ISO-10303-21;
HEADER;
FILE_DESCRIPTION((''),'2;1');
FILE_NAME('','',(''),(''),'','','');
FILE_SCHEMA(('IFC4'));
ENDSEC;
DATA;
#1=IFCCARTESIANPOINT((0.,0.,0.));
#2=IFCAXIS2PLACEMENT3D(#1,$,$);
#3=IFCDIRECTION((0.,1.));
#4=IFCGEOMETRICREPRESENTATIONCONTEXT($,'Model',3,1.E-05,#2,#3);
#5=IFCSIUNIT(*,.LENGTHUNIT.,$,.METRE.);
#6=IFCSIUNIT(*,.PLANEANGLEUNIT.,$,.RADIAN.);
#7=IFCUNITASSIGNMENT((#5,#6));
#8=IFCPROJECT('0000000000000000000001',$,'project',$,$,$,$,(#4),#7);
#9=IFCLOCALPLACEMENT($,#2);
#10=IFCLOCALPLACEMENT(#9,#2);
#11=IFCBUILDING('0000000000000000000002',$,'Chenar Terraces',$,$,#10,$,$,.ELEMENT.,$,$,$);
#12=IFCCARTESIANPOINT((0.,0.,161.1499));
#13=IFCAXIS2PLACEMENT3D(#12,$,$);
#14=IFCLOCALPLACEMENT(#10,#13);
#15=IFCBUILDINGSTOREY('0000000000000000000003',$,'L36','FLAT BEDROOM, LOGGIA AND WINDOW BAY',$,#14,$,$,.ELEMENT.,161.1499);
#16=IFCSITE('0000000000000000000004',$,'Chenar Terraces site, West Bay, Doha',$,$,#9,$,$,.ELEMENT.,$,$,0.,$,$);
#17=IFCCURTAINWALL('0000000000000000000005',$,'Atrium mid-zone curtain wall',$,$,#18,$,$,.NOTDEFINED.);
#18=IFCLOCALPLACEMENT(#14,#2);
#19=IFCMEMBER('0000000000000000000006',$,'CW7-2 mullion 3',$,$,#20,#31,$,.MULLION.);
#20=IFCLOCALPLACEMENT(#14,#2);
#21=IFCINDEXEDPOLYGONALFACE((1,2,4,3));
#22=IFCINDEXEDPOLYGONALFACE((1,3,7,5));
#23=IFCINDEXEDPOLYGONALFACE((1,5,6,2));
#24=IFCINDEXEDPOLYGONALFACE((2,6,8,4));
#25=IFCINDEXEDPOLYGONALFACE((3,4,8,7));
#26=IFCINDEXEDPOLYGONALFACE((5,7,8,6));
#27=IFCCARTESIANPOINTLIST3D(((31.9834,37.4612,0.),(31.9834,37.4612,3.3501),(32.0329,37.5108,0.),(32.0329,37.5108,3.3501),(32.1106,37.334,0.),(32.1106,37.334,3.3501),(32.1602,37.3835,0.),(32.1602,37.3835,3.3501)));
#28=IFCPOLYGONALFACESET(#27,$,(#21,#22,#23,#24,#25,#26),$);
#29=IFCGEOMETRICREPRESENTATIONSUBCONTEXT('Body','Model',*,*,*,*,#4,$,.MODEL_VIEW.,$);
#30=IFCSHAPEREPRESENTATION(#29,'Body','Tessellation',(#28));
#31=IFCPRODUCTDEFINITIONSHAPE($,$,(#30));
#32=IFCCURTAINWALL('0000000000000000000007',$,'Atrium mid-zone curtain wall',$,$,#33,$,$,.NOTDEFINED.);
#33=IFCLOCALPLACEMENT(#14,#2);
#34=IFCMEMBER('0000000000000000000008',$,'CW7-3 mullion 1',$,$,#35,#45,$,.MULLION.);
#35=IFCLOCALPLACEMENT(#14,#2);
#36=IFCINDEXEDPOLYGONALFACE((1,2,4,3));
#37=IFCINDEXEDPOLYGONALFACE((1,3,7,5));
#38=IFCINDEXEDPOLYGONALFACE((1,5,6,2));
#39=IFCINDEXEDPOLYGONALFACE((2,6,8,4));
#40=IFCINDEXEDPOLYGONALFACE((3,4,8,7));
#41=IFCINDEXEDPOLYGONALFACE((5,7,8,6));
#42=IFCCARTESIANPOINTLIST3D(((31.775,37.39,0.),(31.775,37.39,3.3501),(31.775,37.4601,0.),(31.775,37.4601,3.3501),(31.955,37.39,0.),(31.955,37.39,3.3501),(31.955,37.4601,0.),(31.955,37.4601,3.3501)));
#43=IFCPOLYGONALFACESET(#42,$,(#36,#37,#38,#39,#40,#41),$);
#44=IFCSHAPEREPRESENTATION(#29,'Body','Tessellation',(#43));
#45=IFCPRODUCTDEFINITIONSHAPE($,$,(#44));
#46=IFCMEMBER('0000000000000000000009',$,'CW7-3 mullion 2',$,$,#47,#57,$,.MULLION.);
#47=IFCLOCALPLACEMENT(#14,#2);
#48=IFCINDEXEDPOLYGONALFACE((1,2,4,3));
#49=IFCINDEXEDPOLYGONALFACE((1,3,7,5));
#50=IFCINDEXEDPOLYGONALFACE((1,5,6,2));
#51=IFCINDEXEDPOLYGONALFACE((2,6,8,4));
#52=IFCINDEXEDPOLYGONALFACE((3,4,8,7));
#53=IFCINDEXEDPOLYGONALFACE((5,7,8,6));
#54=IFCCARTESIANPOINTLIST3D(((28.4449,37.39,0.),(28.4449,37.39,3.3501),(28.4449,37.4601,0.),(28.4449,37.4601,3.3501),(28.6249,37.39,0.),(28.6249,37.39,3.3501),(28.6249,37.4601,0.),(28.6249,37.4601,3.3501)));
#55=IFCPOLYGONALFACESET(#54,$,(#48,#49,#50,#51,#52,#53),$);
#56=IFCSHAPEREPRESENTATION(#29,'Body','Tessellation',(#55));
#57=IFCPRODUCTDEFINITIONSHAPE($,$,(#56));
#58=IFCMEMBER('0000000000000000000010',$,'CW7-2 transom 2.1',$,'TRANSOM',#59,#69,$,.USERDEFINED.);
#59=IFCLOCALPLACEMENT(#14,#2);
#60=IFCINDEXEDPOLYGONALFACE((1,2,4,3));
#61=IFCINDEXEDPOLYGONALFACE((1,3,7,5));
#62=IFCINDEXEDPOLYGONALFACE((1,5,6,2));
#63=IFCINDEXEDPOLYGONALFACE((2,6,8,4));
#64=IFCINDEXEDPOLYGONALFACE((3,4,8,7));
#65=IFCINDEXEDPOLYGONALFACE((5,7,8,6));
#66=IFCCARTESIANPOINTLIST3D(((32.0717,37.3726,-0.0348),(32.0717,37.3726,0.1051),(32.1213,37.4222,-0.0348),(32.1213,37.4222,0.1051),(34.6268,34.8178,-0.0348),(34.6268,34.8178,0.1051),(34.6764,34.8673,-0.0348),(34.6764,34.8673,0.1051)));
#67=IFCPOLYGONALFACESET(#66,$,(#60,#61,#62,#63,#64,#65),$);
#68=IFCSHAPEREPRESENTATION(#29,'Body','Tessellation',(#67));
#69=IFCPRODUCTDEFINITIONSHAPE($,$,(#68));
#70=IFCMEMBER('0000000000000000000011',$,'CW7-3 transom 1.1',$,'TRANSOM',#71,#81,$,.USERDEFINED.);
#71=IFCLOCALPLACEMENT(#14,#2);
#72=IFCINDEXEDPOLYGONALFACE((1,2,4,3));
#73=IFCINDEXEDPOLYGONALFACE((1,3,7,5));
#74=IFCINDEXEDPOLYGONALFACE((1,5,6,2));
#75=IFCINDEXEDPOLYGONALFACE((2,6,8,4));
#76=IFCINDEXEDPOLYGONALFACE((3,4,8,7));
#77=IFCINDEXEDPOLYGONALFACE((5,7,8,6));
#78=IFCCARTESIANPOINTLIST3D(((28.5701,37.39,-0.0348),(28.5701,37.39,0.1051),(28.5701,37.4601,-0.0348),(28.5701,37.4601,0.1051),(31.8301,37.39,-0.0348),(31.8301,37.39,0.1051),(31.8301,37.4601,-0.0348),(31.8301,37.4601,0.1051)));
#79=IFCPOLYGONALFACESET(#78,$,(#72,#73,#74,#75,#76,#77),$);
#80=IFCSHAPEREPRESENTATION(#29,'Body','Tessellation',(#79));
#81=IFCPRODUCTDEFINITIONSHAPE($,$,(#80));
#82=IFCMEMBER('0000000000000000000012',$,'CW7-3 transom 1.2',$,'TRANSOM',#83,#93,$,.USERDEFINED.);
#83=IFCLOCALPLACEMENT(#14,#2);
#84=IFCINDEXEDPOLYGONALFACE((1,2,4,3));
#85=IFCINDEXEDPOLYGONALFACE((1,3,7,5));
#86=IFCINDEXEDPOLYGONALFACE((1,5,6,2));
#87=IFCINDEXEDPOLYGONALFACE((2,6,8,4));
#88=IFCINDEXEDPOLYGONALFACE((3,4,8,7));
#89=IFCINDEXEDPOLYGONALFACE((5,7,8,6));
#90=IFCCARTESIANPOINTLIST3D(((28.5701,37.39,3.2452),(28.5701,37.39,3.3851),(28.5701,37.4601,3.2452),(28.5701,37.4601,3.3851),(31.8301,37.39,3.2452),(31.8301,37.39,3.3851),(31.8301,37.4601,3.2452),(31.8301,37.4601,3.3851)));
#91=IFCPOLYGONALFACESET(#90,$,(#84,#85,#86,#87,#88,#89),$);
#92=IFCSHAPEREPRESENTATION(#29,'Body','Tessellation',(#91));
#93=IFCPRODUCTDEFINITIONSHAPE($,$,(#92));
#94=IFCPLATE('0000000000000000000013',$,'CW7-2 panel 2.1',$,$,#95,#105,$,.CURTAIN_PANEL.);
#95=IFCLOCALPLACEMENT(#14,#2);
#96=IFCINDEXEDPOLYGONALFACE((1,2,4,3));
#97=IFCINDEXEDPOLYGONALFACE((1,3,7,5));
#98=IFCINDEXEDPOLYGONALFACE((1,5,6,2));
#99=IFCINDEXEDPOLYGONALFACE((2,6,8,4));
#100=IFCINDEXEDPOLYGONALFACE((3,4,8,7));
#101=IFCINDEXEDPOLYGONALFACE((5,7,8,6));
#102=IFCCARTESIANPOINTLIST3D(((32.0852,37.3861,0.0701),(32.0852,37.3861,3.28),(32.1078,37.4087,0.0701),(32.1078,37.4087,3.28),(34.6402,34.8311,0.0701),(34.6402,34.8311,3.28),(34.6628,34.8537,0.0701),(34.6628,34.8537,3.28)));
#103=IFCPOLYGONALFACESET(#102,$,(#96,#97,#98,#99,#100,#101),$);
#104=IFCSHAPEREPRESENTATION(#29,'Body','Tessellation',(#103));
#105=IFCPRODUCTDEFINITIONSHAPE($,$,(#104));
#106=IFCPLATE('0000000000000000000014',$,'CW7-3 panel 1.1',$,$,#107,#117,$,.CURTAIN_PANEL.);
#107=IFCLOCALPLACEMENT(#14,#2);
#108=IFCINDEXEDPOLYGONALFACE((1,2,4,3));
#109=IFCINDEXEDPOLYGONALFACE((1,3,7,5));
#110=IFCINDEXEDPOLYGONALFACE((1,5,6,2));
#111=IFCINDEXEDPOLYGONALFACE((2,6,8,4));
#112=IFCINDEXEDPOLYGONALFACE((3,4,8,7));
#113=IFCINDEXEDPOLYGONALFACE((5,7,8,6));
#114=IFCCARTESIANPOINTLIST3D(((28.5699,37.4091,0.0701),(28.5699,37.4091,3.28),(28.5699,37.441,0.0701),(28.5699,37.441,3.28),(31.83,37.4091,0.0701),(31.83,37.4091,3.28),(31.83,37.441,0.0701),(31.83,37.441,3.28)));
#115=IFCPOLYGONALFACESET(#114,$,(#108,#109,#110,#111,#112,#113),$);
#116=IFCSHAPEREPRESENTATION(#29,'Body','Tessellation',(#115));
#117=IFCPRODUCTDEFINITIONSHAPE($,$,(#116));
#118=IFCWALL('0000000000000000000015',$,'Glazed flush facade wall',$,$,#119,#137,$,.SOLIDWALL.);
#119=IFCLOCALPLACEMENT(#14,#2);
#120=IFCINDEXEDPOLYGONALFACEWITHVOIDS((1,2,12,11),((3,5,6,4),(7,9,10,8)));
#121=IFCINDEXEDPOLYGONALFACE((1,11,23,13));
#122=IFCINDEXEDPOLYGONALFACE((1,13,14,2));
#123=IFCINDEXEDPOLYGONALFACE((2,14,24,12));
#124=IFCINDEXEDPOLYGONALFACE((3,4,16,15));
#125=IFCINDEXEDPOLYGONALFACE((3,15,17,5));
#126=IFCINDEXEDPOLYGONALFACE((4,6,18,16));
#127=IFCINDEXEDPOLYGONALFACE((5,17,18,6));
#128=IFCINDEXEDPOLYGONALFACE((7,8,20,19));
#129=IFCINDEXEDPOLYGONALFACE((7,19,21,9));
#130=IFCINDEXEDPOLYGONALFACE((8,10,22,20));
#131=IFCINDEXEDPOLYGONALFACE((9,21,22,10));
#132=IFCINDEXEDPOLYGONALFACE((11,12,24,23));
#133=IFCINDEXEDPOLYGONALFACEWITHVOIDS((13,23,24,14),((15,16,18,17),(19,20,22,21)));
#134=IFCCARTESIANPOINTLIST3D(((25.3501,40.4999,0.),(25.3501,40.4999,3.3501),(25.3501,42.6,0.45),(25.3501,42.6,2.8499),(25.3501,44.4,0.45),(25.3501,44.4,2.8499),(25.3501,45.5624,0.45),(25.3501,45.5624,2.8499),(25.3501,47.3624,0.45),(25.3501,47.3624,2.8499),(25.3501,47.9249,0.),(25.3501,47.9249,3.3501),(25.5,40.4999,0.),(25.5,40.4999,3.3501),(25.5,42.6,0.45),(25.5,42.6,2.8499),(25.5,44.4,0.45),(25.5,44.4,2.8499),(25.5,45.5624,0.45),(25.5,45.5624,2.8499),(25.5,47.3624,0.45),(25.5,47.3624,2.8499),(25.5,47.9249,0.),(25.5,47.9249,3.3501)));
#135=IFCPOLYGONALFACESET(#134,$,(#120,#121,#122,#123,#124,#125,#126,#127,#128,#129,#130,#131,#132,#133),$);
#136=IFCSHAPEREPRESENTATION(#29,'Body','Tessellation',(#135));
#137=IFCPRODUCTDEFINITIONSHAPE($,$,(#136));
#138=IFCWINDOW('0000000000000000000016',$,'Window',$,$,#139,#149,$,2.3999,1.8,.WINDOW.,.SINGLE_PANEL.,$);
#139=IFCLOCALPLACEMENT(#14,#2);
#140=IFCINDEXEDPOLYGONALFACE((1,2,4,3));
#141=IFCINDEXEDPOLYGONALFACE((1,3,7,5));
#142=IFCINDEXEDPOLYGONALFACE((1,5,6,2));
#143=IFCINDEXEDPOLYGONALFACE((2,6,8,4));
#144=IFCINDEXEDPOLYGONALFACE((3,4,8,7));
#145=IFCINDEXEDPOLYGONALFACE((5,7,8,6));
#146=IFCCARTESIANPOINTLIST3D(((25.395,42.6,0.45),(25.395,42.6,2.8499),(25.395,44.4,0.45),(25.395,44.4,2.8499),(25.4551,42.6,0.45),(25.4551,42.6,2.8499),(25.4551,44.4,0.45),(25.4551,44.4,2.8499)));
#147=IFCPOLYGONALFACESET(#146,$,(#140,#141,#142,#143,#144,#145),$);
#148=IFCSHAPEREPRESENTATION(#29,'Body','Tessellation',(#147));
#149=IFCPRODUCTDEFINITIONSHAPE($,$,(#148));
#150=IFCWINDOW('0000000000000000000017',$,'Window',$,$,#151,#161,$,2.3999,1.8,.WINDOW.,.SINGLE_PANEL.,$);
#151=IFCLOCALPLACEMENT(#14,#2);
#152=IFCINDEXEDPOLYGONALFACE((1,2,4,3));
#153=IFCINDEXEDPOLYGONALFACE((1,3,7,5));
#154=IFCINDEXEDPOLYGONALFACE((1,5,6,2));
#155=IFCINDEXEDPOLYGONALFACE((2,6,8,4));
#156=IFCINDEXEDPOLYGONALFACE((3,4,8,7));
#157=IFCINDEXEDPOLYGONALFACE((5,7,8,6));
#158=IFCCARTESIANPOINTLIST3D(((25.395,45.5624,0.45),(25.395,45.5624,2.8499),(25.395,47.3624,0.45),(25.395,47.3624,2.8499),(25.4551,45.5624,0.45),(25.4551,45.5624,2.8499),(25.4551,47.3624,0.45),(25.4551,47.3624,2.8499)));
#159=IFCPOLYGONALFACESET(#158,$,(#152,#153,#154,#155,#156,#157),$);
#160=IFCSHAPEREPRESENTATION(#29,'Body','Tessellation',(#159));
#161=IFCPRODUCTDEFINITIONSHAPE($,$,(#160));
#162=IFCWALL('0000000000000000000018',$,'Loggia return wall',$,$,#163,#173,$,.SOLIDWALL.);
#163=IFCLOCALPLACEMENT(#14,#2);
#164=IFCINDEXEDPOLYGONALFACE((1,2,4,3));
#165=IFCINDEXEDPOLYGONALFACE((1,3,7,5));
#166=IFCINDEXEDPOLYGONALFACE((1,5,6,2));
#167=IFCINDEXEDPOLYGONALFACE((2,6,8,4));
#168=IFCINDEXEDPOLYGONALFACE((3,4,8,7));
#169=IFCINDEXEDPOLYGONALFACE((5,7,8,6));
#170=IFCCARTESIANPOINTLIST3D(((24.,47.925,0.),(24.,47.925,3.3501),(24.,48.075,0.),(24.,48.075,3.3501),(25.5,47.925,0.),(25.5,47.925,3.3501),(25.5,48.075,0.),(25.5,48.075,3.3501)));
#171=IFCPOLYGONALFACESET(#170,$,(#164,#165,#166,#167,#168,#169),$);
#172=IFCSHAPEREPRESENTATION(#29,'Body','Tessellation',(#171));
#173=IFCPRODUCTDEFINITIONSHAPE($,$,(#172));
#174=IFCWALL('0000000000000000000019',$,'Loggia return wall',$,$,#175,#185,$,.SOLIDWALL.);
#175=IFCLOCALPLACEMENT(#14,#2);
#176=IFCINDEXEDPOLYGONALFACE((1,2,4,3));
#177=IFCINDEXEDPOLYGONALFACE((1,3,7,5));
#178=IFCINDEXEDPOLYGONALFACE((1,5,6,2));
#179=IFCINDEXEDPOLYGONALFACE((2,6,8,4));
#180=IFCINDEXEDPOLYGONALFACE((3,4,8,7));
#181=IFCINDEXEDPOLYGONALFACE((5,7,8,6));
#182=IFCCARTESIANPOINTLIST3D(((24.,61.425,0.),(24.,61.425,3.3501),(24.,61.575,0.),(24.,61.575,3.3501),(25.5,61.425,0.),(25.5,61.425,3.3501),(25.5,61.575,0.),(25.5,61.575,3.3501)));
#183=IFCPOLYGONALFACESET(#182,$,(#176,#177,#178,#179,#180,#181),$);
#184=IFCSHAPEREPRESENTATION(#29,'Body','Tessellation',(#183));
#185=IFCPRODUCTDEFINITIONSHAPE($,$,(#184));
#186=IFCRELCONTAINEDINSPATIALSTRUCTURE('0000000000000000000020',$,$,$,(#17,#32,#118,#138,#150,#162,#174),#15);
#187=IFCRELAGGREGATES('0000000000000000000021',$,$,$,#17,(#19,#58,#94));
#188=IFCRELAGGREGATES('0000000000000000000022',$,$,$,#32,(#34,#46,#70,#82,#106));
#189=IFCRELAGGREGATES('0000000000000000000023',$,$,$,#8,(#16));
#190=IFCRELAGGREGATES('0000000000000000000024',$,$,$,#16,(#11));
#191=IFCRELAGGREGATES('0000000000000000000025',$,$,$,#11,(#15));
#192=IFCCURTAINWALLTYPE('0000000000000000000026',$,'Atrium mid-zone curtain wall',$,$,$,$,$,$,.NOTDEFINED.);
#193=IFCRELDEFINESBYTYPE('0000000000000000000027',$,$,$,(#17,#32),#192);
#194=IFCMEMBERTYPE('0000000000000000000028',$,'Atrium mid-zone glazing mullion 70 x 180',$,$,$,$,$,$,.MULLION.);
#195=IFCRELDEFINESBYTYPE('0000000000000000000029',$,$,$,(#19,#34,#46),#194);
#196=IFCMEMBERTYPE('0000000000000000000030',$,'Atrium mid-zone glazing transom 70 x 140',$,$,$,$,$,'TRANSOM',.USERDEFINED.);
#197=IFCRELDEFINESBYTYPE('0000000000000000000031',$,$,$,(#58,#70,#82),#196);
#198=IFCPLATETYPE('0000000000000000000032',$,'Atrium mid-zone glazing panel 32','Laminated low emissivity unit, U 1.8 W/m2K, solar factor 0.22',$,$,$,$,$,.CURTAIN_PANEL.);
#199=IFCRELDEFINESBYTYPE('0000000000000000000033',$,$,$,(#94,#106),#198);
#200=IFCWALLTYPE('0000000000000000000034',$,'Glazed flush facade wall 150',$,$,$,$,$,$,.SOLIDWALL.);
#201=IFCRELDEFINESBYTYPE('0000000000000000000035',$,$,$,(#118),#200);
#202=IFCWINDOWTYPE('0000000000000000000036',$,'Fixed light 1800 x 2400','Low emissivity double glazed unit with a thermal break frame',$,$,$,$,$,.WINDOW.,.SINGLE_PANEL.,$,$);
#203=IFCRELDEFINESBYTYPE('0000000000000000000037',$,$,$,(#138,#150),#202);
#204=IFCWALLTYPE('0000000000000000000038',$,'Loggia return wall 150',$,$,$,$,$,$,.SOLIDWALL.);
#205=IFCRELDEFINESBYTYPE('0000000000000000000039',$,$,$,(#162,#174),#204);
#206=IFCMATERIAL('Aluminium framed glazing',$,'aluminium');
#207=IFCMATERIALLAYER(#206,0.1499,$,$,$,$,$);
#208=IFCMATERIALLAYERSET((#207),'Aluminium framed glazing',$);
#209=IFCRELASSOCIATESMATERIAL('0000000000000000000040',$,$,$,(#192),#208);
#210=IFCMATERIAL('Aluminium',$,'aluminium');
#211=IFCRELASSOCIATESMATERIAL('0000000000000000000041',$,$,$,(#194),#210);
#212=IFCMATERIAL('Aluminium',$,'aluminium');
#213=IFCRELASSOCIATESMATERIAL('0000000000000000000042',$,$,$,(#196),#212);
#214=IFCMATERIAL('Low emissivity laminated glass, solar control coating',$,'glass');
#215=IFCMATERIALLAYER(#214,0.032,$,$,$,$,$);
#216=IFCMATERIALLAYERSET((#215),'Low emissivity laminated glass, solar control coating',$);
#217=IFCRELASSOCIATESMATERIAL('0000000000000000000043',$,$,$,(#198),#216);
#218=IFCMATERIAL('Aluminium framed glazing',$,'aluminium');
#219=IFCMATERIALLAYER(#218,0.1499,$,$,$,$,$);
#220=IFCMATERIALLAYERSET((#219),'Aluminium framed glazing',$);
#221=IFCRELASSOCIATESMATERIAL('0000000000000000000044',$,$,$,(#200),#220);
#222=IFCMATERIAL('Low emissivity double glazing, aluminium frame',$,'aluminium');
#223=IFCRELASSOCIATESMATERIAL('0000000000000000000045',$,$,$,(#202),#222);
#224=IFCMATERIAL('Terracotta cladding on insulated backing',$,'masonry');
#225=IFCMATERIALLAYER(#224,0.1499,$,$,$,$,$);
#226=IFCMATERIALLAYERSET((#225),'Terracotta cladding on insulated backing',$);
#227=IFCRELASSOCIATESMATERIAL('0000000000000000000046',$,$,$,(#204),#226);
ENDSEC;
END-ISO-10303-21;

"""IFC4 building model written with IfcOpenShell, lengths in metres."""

from ifc_helpers import new_model, si_unit, direction, frame, frame_2d, origin, origin_2d, place, context, subcontext, project, spatial, rectangle, extrude, material, layer, layer_set, material_profile, profile_set, type_object, element, fill, aggregate, save


model = new_model("IFC4")

# Units and contexts
model_context = context("Model", 3, precision=1e-05, world=origin(), true_north=direction((0.0, 1.0)))
body_context = subcontext(model_context, "Body", "Model", "MODEL_VIEW")
ifc_project = project(units=[si_unit("LENGTHUNIT", "METRE"), si_unit("PLANEANGLEUNIT", "RADIAN")], contexts=[model_context])

# Site, building, storey
site_placement = place(None, origin())
site = spatial("IfcSite", under=ifc_project, at=site_placement, Name="Chenar Terraces site, West Bay, Doha", CompositionType="ELEMENT", RefElevation=0.0)
building_placement = place(site_placement, origin())
building = spatial("IfcBuilding", under=site, at=building_placement, Name="Chenar Terraces", CompositionType="ELEMENT")
storey_placement = place(building_placement, frame((0.0, 0.0, 161.1499)))
storey = spatial("IfcBuildingStorey", under=building, at=storey_placement, Name="L36", Description="FLAT BEDROOM, LOGGIA AND WINDOW BAY", CompositionType="ELEMENT", Elevation=161.1499)

# Curtain wall, member
ifc_material_1 = material(Name="Aluminium framed glazing", Category="aluminium")
ifc_layer_1 = layer(ifc_material_1, 0.1499)
ifc_layer_set_1 = layer_set([ifc_layer_1], Name="Aluminium framed glazing")
curtain_wall_type = type_object("IfcCurtainWallType", Name="Atrium mid-zone curtain wall", PredefinedType="NOTDEFINED", material=ifc_layer_set_1)
placement = place(storey_placement, origin())
curtain_wall_1 = element("IfcCurtainWall", 1, at=placement, inside=storey, type_object=curtain_wall_type, Name="Atrium mid-zone curtain wall", PredefinedType="NOTDEFINED")
ifc_material_2 = material(Name="Aluminium", Category="aluminium")
ifc_material_profile_1 = material_profile(ifc_material_2, rectangle(XDim=0.0701, YDim=0.1799, at=origin_2d()), Name="Atrium mid-zone glazing mullion 70 x 180")
ifc_profile_set_1 = profile_set([ifc_material_profile_1], Name="Aluminium")
member_type_1 = type_object("IfcMemberType", Name="Atrium mid-zone glazing mullion 70 x 180", PredefinedType="MULLION", material=ifc_profile_set_1)
member_1_placement = place(storey_placement, frame((32.0718, 37.4224, 0.0), z_axis=(0.0, 0.0, 1.0), x_axis=(-0.707107, -0.707107, 0.0)))
member_1 = element("IfcMember", 2, at=member_1_placement, type_object=member_type_1, Name="CW7-2 mullion 3", PredefinedType="MULLION", context=body_context, shape_type="SweptSolid", body=[
    extrude(rectangle(XDim=0.0701, YDim=0.1799, at=origin_2d()), origin(), (0.0, 0.0, 1.0), 3.3501),
])

# Curtain wall, members
curtain_wall_2 = element("IfcCurtainWall", 3, at=placement, inside=storey, type_object=curtain_wall_type, Name="Atrium mid-zone curtain wall", PredefinedType="NOTDEFINED")
member_2_placement = place(storey_placement, frame((31.865, 37.425, 0.0), z_axis=(0.0, 0.0, 1.0), x_axis=(0.0, -1.0, 0.0)))
member_2 = element("IfcMember", 4, at=member_2_placement, type_object=member_type_1, Name="CW7-3 mullion 1", PredefinedType="MULLION", context=body_context, shape_type="SweptSolid", body=[
    extrude(rectangle(XDim=0.0701, YDim=0.1799, at=origin_2d()), origin(), (0.0, 0.0, 1.0), 3.3501),
])
member_3_placement = place(storey_placement, frame((28.5349, 37.425, 0.0), z_axis=(0.0, 0.0, 1.0), x_axis=(0.0, -1.0, 0.0)))
member_3 = element("IfcMember", 5, at=member_3_placement, type_object=member_type_1, Name="CW7-3 mullion 2", PredefinedType="MULLION", context=body_context, shape_type="SweptSolid", body=[
    extrude(rectangle(XDim=0.0701, YDim=0.1799, at=origin_2d()), origin(), (0.0, 0.0, 1.0), 3.3501),
])

# Members
ifc_material_3 = material(Name="Aluminium", Category="aluminium")
ifc_material_profile_2 = material_profile(ifc_material_3, rectangle(XDim=0.0701, YDim=0.1399, at=origin_2d()), Name="Atrium mid-zone glazing transom 70 x 140")
ifc_profile_set_2 = profile_set([ifc_material_profile_2], Name="Aluminium")
member_type_2 = type_object("IfcMemberType", Name="Atrium mid-zone glazing transom 70 x 140", ElementType="TRANSOM", PredefinedType="USERDEFINED", material=ifc_profile_set_2)
member_4_placement = place(storey_placement, frame((34.6516, 34.8425, 0.0352), z_axis=(-0.707141, 0.707073, 0.0), x_axis=(-0.707073, -0.707141, 0.0)))
member_4 = element("IfcMember", 6, at=member_4_placement, type_object=member_type_2, Name="CW7-2 transom 2.1", ObjectType="TRANSOM", PredefinedType="USERDEFINED", context=body_context, shape_type="SweptSolid", body=[
    extrude(rectangle(XDim=0.0701, YDim=0.1399, at=origin_2d()), origin(), (0.0, 0.0, 1.0), 3.6133),
])
member_5_placement = place(storey_placement, frame((31.8301, 37.425, 0.0352), z_axis=(-1.0, 0.0, 0.0), x_axis=(0.0, -1.0, 0.0)))
member_5 = element("IfcMember", 7, at=member_5_placement, type_object=member_type_2, Name="CW7-3 transom 1.1", ObjectType="TRANSOM", PredefinedType="USERDEFINED", context=body_context, shape_type="SweptSolid", body=[
    extrude(rectangle(XDim=0.0701, YDim=0.1399, at=origin_2d()), origin(), (0.0, 0.0, 1.0), 3.26),
])
member_6_placement = place(storey_placement, frame((31.8301, 37.425, 3.3152), z_axis=(-1.0, 0.0, 0.0), x_axis=(0.0, -1.0, 0.0)))
member_6 = element("IfcMember", 8, at=member_6_placement, type_object=member_type_2, Name="CW7-3 transom 1.2", ObjectType="TRANSOM", PredefinedType="USERDEFINED", context=body_context, shape_type="SweptSolid", body=[
    extrude(rectangle(XDim=0.0701, YDim=0.1399, at=origin_2d()), origin(), (0.0, 0.0, 1.0), 3.26),
])

# Plates
ifc_material_4 = material(Name="Low emissivity laminated glass, solar control coating", Category="glass")
ifc_layer_2 = layer(ifc_material_4, 0.032)
ifc_layer_set_2 = layer_set([ifc_layer_2], Name="Low emissivity laminated glass, solar control coating")
plate_type = type_object("IfcPlateType", Name="Atrium mid-zone glazing panel 32", Description="Laminated low emissivity unit, U 1.8 W/m2K, solar factor 0.22", PredefinedType="CURTAIN_PANEL", material=ifc_layer_set_2)
plate_1_placement = place(storey_placement, frame((33.374, 36.1199, 0.0701), z_axis=(0.0, 0.0, 1.0), x_axis=(-0.707107, 0.707107, 0.0)))
plate_1 = element("IfcPlate", 9, at=plate_1_placement, type_object=plate_type, Name="CW7-2 panel 2.1", PredefinedType="CURTAIN_PANEL", context=body_context, shape_type="SweptSolid", body=[
    extrude(rectangle(XDim=3.6133, YDim=0.032, at=origin_2d()), origin(), (0.0, 0.0, 1.0), 3.21),
])
aggregate(curtain_wall_1, [member_1, member_4, plate_1])
plate_2_placement = place(storey_placement, frame((30.2, 37.425, 0.0701), z_axis=(0.0, 0.0, 1.0), x_axis=(-1.0, 0.0, 0.0)))
plate_2 = element("IfcPlate", 10, at=plate_2_placement, type_object=plate_type, Name="CW7-3 panel 1.1", PredefinedType="CURTAIN_PANEL", context=body_context, shape_type="SweptSolid", body=[
    extrude(rectangle(XDim=3.26, YDim=0.032, at=origin_2d()), origin(), (0.0, 0.0, 1.0), 3.21),
])
aggregate(curtain_wall_2, [member_2, member_3, member_5, member_6, plate_2])

# Wall, openings, windows
ifc_material_5 = material(Name="Aluminium framed glazing", Category="aluminium")
ifc_layer_3 = layer(ifc_material_5, 0.1499)
ifc_layer_set_3 = layer_set([ifc_layer_3], Name="Aluminium framed glazing")
wall_type_1 = type_object("IfcWallType", Name="Glazed flush facade wall 150", PredefinedType="SOLIDWALL", material=ifc_layer_set_3)
wall_1_placement = place(storey_placement, frame((25.425, 40.5, 0.0), z_axis=(0.0, 0.0, 1.0), x_axis=(0.0, 1.0, 0.0)))
wall_1 = element("IfcWall", 11, at=wall_1_placement, inside=storey, type_object=wall_type_1, Name="Glazed flush facade wall", PredefinedType="SOLIDWALL", context=body_context, shape_type="SweptSolid", body=[
    extrude(rectangle(XDim=7.425, YDim=0.1499, at=frame_2d((3.7124, 0.0))), origin(), (0.0, 0.0, 1.0), 3.3501),
])
opening_1_placement = place(wall_1_placement, frame((2.1001, 0.0, 0.45)))
opening_1 = element("IfcOpeningElement", 12, at=opening_1_placement, cuts=wall_1, PredefinedType="OPENING", context=body_context, shape_type="SweptSolid", body=[
    extrude(rectangle(XDim=1.8, YDim=2.3999, at=frame_2d((0.8999, 1.2))), frame((0.0, 0.085, 0.0), z_axis=(0.0, -1.0, 0.0), x_axis=(1.0, 0.0, 0.0)), (0.0, 0.0, 1.0), 0.1699),
])
opening_2_placement = place(wall_1_placement, frame((5.0625, 0.0, 0.45)))
opening_2 = element("IfcOpeningElement", 13, at=opening_2_placement, cuts=wall_1, PredefinedType="OPENING", context=body_context, shape_type="SweptSolid", body=[
    extrude(rectangle(XDim=1.8, YDim=2.3999, at=frame_2d((0.8999, 1.2))), frame((0.0, 0.085, 0.0), z_axis=(0.0, -1.0, 0.0), x_axis=(1.0, 0.0, 0.0)), (0.0, 0.0, 1.0), 0.1699),
])
ifc_material_6 = material(Name="Low emissivity double glazing, aluminium frame", Category="aluminium")
window_type_1 = type_object("IfcWindowType", Name="Fixed light 1800 x 2400", Description="Low emissivity double glazed unit with a thermal break frame", PartitioningType="SINGLE_PANEL", PredefinedType="WINDOW", material=ifc_material_6)
window_1_placement = place(opening_1_placement, origin())
window_1 = element("IfcWindow", 14, at=window_1_placement, inside=storey, type_object=window_type_1, Name="Window", OverallHeight=2.3999, OverallWidth=1.8, PartitioningType="SINGLE_PANEL", PredefinedType="WINDOW", context=body_context, shape_type="SweptSolid", body=[
    extrude(rectangle(XDim=1.8, YDim=2.3999, at=frame_2d((0.8999, 1.2))), frame((0.0, 0.03, 0.0), z_axis=(0.0, -1.0, 0.0), x_axis=(1.0, 0.0, 0.0)), (0.0, 0.0, 1.0), 0.0601),
])
fill(opening_1, window_1)
window_2_placement = place(opening_2_placement, origin())
window_2 = element("IfcWindow", 15, at=window_2_placement, inside=storey, type_object=window_type_1, Name="Window", OverallHeight=2.3999, OverallWidth=1.8, PartitioningType="SINGLE_PANEL", PredefinedType="WINDOW", context=body_context, shape_type="SweptSolid", body=[
    extrude(rectangle(XDim=1.8, YDim=2.3999, at=frame_2d((0.8999, 1.2))), frame((0.0, 0.03, 0.0), z_axis=(0.0, -1.0, 0.0), x_axis=(1.0, 0.0, 0.0)), (0.0, 0.0, 1.0), 0.0601),
])
fill(opening_2, window_2)

# Walls
ifc_material_7 = material(Name="Terracotta cladding on insulated backing", Category="masonry")
ifc_layer_4 = layer(ifc_material_7, 0.1499)
ifc_layer_set_4 = layer_set([ifc_layer_4], Name="Terracotta cladding on insulated backing")
wall_type_2 = type_object("IfcWallType", Name="Loggia return wall 150", PredefinedType="SOLIDWALL", material=ifc_layer_set_4)
for number, where, z_axis, x_axis, name in (
    (16, (25.5, 48.0, 0.0), (0.0, 0.0, 1.0), (-1.0, 0.0, 0.0), "Loggia return wall"),
    (17, (25.5, 61.5, 0.0), (0.0, 0.0, 1.0), (-1.0, 0.0, 0.0), "Loggia return wall"),
):
    element("IfcWall", number, at=place(storey_placement, frame(where, z_axis=z_axis, x_axis=x_axis)), inside=storey, type_object=wall_type_2, Name=name, PredefinedType="SOLIDWALL", context=body_context, shape_type="SweptSolid", body=[
        extrude(rectangle(XDim=1.5, YDim=0.1499, at=frame_2d((0.75, 0.0))), origin(), (0.0, 0.0, 1.0), 3.3501),
    ])

save(model, "model.ifc")
